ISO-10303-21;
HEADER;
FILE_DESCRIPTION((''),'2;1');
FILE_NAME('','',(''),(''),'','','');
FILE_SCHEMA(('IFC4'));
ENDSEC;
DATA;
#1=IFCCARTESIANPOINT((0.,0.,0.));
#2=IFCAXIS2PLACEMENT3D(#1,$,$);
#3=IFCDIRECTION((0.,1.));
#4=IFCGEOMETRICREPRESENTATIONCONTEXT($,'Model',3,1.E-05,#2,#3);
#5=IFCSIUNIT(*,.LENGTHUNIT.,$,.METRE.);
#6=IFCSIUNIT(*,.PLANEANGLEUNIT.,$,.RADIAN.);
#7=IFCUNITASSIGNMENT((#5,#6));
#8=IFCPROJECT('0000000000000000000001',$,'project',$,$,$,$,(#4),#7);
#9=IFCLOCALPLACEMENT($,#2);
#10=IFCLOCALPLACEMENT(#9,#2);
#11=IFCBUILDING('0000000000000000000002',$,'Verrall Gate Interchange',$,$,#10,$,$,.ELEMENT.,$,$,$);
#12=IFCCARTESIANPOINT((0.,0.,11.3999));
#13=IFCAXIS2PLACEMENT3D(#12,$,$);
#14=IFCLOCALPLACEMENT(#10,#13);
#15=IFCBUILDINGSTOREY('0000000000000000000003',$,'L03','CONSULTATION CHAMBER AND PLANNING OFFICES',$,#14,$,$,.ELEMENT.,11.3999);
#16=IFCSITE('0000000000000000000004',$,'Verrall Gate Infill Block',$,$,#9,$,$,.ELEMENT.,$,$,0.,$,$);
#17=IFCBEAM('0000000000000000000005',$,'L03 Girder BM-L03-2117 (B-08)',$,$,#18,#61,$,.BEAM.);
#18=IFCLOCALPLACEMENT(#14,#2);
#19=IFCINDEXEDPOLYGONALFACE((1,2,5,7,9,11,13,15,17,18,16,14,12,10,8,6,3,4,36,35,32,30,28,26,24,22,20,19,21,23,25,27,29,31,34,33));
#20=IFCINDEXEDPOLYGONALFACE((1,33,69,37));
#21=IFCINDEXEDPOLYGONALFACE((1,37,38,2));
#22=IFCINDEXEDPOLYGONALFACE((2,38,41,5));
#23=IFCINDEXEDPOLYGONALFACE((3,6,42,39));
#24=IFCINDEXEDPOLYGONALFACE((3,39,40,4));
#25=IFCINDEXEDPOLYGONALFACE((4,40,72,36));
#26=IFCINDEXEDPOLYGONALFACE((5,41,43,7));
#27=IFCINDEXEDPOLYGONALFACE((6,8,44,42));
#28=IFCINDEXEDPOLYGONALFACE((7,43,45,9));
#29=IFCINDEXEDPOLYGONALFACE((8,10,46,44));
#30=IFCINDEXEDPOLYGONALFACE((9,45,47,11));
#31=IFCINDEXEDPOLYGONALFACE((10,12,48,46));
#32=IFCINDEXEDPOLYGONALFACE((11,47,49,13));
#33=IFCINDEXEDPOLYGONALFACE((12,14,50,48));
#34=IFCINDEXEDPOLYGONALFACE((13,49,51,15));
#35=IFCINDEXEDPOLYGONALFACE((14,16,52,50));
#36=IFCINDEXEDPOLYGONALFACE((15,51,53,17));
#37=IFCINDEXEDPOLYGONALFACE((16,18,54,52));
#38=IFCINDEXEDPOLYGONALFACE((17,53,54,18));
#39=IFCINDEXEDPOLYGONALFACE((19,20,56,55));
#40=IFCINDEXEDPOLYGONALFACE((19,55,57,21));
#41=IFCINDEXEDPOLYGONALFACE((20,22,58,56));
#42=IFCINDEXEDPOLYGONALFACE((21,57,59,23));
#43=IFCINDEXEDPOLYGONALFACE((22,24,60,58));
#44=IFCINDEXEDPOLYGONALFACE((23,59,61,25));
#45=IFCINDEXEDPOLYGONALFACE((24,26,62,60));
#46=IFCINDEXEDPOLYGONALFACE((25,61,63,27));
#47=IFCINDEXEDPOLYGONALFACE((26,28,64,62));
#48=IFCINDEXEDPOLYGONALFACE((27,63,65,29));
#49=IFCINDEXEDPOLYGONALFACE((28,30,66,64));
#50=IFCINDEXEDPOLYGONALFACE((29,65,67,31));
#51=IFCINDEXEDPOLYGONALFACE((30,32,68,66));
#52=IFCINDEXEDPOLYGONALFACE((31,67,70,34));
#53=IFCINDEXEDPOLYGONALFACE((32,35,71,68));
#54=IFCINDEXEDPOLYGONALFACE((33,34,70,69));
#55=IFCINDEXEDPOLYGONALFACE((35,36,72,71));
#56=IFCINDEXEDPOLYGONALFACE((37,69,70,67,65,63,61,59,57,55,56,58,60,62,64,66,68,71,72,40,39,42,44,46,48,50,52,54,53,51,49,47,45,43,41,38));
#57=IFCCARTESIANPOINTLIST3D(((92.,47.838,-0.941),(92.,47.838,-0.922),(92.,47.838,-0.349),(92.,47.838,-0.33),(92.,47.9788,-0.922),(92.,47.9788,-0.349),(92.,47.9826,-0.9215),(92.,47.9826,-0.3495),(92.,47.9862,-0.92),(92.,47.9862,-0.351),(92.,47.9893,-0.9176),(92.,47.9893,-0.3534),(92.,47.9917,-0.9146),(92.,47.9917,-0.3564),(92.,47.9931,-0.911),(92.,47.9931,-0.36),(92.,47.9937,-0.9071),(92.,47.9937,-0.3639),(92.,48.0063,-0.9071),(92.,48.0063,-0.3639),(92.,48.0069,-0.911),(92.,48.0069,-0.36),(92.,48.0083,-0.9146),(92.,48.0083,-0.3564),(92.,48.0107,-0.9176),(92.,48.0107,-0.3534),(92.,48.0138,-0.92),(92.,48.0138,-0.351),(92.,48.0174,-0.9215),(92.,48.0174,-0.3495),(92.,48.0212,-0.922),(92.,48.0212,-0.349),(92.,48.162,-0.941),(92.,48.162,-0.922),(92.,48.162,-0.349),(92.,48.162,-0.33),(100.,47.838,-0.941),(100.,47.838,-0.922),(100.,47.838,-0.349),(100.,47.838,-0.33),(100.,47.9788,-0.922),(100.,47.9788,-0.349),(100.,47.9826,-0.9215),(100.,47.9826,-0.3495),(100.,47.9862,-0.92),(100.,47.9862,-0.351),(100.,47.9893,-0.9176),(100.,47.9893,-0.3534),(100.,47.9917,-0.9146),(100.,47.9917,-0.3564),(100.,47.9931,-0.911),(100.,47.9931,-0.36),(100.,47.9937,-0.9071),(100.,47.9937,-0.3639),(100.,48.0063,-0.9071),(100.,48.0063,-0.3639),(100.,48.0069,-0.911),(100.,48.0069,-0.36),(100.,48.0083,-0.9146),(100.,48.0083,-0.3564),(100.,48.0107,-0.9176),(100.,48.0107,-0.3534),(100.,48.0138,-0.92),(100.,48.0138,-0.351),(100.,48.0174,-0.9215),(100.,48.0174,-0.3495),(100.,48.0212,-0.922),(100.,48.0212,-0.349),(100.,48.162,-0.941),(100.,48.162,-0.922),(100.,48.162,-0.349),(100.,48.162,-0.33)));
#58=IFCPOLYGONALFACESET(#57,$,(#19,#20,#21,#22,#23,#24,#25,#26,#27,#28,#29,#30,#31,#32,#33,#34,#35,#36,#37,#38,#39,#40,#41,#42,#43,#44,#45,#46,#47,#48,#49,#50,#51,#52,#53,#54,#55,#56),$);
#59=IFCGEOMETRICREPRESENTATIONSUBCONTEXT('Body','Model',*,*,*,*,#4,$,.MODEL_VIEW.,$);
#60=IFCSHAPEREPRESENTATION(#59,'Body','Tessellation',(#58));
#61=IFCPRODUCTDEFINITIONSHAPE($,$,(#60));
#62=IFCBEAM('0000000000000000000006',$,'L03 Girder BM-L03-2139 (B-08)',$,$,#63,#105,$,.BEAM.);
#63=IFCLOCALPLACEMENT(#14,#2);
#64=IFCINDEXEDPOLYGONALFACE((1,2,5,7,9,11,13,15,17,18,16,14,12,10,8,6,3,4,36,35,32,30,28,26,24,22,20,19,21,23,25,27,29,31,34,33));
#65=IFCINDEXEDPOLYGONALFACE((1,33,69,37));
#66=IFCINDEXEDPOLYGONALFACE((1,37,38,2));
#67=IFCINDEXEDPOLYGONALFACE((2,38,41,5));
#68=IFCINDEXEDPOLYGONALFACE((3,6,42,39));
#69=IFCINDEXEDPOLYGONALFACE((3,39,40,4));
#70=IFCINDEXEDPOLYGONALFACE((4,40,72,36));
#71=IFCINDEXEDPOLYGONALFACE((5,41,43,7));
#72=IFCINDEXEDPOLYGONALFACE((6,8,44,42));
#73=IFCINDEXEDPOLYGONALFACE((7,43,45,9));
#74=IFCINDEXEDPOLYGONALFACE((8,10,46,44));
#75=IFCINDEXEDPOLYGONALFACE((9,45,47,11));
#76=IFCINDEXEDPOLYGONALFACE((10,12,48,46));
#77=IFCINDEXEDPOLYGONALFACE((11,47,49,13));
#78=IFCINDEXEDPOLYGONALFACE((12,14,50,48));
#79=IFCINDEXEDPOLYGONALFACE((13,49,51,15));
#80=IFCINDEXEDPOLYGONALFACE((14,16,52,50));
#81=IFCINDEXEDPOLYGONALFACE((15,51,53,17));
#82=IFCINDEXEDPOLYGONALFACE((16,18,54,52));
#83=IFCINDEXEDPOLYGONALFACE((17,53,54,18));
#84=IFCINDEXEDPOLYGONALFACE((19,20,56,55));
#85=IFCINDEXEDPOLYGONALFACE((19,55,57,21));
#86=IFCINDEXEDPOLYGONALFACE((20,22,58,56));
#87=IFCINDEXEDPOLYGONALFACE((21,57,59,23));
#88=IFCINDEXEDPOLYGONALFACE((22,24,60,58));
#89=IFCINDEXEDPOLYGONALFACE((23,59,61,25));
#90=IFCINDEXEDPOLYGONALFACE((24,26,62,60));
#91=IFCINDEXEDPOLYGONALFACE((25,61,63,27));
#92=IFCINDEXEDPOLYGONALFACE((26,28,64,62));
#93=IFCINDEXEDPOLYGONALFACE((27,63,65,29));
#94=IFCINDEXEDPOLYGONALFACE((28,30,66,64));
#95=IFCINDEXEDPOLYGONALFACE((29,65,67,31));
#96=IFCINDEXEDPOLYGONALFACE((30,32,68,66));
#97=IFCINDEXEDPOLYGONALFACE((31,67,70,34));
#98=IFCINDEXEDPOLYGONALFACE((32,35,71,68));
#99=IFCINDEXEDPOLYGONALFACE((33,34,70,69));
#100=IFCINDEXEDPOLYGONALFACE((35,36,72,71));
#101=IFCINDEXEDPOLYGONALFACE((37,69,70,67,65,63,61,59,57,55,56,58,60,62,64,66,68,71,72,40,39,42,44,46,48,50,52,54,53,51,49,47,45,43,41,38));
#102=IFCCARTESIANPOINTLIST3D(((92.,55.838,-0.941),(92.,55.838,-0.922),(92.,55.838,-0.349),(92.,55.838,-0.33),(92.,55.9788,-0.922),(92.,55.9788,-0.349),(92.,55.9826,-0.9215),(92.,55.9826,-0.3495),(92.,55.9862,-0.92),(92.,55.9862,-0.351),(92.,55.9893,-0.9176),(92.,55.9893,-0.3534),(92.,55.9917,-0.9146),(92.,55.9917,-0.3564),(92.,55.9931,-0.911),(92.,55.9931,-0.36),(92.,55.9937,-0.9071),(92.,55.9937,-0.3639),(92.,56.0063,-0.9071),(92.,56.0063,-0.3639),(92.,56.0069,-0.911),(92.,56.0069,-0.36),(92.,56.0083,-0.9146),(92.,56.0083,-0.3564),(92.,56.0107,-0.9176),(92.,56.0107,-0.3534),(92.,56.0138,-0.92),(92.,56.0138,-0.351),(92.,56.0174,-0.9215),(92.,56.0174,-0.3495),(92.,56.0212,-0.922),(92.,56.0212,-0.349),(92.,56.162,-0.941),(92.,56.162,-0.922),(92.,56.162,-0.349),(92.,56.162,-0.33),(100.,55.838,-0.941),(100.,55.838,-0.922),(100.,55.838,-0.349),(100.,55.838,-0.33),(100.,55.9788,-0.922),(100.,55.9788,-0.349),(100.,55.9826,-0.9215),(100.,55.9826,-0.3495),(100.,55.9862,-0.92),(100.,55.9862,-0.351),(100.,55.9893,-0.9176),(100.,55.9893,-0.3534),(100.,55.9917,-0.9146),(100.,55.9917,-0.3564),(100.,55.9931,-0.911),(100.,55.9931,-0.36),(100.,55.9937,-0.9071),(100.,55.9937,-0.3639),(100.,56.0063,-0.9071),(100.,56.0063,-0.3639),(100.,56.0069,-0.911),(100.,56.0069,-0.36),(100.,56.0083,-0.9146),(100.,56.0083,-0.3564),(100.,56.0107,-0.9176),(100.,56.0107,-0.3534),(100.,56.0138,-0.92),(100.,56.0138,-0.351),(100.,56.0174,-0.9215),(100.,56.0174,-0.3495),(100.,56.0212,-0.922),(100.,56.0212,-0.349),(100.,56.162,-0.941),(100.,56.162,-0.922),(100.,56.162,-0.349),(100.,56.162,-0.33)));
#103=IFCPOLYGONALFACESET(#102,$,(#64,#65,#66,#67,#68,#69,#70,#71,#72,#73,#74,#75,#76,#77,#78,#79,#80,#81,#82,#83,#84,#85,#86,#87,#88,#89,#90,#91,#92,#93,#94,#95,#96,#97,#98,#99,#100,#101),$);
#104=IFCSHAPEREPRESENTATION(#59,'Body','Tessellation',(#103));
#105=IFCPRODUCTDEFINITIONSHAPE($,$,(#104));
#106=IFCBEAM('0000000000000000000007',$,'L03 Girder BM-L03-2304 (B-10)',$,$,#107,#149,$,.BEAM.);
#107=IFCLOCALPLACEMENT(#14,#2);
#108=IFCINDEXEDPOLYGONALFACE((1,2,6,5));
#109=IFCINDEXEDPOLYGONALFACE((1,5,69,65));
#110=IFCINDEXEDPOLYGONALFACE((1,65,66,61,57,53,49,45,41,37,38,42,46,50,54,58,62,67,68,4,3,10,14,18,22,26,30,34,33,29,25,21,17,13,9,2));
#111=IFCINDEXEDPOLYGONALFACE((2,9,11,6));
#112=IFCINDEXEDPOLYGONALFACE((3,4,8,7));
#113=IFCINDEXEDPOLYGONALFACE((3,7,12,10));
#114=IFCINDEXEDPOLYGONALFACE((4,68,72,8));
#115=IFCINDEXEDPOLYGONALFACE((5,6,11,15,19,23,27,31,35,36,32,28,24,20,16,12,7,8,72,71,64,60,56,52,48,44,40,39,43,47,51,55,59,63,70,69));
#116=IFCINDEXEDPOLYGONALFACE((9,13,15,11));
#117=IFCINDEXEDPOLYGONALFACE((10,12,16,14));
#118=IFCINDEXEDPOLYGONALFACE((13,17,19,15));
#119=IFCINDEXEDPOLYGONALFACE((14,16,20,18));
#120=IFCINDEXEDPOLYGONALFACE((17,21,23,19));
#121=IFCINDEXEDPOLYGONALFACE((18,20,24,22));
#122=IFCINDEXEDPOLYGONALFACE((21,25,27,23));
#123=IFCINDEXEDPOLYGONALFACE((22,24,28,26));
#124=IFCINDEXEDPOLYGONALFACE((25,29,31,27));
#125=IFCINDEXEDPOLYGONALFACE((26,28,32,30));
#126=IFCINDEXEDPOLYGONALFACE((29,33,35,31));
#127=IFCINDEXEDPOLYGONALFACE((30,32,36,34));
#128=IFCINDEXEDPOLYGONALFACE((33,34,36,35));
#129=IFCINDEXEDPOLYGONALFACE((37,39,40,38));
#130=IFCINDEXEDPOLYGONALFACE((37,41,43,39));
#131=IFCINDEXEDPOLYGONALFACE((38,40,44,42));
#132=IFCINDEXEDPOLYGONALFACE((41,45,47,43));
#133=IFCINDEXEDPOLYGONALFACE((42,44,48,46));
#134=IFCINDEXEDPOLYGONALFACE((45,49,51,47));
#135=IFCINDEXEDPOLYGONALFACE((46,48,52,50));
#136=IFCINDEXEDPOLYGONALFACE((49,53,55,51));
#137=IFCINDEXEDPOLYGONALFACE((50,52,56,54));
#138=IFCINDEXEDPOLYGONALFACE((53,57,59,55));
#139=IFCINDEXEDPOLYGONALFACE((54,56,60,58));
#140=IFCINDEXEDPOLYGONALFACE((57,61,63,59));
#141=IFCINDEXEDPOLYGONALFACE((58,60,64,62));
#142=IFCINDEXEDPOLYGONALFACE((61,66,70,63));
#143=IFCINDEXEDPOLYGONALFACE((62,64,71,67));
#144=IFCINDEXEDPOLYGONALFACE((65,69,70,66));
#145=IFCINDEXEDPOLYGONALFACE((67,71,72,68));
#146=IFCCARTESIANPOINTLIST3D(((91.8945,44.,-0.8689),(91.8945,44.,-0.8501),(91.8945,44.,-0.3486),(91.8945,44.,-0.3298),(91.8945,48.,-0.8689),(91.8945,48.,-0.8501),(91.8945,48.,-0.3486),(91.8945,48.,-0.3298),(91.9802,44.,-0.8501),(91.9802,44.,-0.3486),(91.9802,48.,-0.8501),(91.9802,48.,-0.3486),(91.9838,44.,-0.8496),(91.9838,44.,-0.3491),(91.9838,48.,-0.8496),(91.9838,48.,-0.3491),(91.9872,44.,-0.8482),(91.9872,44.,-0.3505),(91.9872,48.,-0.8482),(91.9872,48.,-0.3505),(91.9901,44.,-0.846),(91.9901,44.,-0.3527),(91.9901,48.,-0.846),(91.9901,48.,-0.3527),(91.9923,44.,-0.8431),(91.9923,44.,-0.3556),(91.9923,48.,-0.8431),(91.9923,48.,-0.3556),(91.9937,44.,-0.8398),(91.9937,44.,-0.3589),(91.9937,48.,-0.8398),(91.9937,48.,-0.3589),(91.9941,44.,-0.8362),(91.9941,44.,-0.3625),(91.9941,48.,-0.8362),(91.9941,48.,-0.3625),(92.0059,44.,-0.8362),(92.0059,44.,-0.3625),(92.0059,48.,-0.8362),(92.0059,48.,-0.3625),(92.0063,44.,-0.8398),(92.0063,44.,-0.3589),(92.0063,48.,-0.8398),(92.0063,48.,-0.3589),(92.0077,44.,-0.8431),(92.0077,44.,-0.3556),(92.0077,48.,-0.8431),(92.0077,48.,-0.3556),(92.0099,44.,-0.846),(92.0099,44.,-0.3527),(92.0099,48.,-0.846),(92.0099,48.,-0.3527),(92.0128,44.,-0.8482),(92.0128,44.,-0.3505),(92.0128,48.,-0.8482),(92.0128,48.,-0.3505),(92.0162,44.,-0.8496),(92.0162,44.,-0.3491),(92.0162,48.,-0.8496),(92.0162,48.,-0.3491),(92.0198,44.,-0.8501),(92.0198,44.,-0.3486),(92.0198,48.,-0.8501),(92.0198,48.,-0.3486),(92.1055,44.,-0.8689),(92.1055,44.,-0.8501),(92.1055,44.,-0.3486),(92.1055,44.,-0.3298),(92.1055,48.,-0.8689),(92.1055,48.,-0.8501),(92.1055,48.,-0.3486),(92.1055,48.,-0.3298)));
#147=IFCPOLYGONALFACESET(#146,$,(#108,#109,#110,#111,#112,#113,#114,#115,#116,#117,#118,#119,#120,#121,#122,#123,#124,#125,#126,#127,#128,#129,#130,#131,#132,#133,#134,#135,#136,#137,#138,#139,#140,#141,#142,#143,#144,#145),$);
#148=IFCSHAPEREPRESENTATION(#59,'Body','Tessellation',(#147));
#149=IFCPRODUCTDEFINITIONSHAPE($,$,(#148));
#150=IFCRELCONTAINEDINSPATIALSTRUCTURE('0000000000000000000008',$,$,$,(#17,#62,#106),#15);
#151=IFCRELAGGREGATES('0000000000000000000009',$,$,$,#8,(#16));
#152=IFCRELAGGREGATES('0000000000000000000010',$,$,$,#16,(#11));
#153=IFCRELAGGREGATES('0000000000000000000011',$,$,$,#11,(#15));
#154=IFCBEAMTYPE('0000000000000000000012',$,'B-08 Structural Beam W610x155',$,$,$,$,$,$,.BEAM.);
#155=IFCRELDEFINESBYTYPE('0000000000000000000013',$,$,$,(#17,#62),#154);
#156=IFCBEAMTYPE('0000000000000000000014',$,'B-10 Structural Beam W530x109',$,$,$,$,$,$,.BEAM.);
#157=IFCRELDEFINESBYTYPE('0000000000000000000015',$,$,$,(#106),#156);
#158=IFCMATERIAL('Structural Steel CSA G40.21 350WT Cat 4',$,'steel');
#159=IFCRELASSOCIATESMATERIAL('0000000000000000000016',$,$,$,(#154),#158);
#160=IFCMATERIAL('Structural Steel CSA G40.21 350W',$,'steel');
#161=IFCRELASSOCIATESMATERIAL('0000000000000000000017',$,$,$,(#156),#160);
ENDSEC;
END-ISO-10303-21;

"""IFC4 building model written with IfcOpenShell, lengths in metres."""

from ifc_helpers import new_model, si_unit, direction, frame, origin, origin_2d, place, context, subcontext, project, spatial, i_section, extrude, material, material_profile, profile_set, type_object, element, save


model = new_model("IFC4")

# Units and contexts
model_context = context("Model", 3, precision=1e-05, world=origin(), true_north=direction((0.0, 1.0)))
body_context = subcontext(model_context, "Body", "Model", "MODEL_VIEW")
ifc_project = project(units=[si_unit("LENGTHUNIT", "METRE"), si_unit("PLANEANGLEUNIT", "RADIAN")], contexts=[model_context])

# Site, building, storey
site_placement = place(None, origin())
site = spatial("IfcSite", under=ifc_project, at=site_placement, Name="Verrall Gate Infill Block", CompositionType="ELEMENT", RefElevation=0.0)
building_placement = place(site_placement, origin())
building = spatial("IfcBuilding", under=site, at=building_placement, Name="Verrall Gate Interchange", CompositionType="ELEMENT")
storey_placement = place(building_placement, frame((0.0, 0.0, 11.3999)))
storey = spatial("IfcBuildingStorey", under=building, at=storey_placement, Name="L03", Description="CONSULTATION CHAMBER AND PLANNING OFFICES", CompositionType="ELEMENT", Elevation=11.3999)

# Beams
ifc_material_1 = material(Name="Structural Steel CSA G40.21 350WT Cat 4", Category="steel")
ifc_material_profile_1 = material_profile(ifc_material_1, i_section(OverallWidth=0.324, OverallDepth=0.6111, WebThickness=0.0127, FlangeThickness=0.019, FilletRadius=0.0149, at=origin_2d()), Name="W610x155")
ifc_profile_set_1 = profile_set([ifc_material_profile_1], Name="Structural Steel CSA G40.21 350WT Cat 4")
beam_type_1 = type_object("IfcBeamType", Name="B-08 Structural Beam W610x155", PredefinedType="BEAM", material=ifc_profile_set_1)
for number, where, z_axis, x_axis, name in (
    (1, (92.0, 48.0, -0.6355), (1.0, 0.0, 0.0), (0.0, 1.0, 0.0), "L03 Girder BM-L03-2117 (B-08)"),
    (2, (92.0, 56.0, -0.6355), (1.0, 0.0, 0.0), (0.0, 1.0, 0.0), "L03 Girder BM-L03-2139 (B-08)"),
):
    element("IfcBeam", number, at=place(storey_placement, frame(where, z_axis=z_axis, x_axis=x_axis)), inside=storey, type_object=beam_type_1, Name=name, PredefinedType="BEAM", context=body_context, shape_type="SweptSolid", body=[
        extrude(i_section(OverallWidth=0.324, OverallDepth=0.6111, WebThickness=0.0127, FlangeThickness=0.019, FilletRadius=0.0149, at=origin_2d()), origin(), (0.0, 0.0, 1.0), 8.0),
    ])
ifc_material_2 = material(Name="Structural Steel CSA G40.21 350W", Category="steel")
ifc_material_profile_2 = material_profile(ifc_material_2, i_section(OverallWidth=0.2109, OverallDepth=0.5391, WebThickness=0.0117, FlangeThickness=0.0188, FilletRadius=0.0139, at=origin_2d()), Name="W530x109")
ifc_profile_set_2 = profile_set([ifc_material_profile_2], Name="Structural Steel CSA G40.21 350W")
beam_type_2 = type_object("IfcBeamType", Name="B-10 Structural Beam W530x109", PredefinedType="BEAM", material=ifc_profile_set_2)
beam_1_placement = place(storey_placement, frame((92.0, 44.0, -0.5994), z_axis=(0.0, 1.0, 0.0), x_axis=(-1.0, 0.0, 0.0)))
element("IfcBeam", 3, at=beam_1_placement, inside=storey, type_object=beam_type_2, Name="L03 Girder BM-L03-2304 (B-10)", PredefinedType="BEAM", context=body_context, shape_type="SweptSolid", body=[
    extrude(i_section(OverallWidth=0.2109, OverallDepth=0.5391, WebThickness=0.0117, FlangeThickness=0.0188, FilletRadius=0.0139, at=origin_2d()), origin(), (0.0, 0.0, 1.0), 4.0),
])

save(model, "model.ifc")
